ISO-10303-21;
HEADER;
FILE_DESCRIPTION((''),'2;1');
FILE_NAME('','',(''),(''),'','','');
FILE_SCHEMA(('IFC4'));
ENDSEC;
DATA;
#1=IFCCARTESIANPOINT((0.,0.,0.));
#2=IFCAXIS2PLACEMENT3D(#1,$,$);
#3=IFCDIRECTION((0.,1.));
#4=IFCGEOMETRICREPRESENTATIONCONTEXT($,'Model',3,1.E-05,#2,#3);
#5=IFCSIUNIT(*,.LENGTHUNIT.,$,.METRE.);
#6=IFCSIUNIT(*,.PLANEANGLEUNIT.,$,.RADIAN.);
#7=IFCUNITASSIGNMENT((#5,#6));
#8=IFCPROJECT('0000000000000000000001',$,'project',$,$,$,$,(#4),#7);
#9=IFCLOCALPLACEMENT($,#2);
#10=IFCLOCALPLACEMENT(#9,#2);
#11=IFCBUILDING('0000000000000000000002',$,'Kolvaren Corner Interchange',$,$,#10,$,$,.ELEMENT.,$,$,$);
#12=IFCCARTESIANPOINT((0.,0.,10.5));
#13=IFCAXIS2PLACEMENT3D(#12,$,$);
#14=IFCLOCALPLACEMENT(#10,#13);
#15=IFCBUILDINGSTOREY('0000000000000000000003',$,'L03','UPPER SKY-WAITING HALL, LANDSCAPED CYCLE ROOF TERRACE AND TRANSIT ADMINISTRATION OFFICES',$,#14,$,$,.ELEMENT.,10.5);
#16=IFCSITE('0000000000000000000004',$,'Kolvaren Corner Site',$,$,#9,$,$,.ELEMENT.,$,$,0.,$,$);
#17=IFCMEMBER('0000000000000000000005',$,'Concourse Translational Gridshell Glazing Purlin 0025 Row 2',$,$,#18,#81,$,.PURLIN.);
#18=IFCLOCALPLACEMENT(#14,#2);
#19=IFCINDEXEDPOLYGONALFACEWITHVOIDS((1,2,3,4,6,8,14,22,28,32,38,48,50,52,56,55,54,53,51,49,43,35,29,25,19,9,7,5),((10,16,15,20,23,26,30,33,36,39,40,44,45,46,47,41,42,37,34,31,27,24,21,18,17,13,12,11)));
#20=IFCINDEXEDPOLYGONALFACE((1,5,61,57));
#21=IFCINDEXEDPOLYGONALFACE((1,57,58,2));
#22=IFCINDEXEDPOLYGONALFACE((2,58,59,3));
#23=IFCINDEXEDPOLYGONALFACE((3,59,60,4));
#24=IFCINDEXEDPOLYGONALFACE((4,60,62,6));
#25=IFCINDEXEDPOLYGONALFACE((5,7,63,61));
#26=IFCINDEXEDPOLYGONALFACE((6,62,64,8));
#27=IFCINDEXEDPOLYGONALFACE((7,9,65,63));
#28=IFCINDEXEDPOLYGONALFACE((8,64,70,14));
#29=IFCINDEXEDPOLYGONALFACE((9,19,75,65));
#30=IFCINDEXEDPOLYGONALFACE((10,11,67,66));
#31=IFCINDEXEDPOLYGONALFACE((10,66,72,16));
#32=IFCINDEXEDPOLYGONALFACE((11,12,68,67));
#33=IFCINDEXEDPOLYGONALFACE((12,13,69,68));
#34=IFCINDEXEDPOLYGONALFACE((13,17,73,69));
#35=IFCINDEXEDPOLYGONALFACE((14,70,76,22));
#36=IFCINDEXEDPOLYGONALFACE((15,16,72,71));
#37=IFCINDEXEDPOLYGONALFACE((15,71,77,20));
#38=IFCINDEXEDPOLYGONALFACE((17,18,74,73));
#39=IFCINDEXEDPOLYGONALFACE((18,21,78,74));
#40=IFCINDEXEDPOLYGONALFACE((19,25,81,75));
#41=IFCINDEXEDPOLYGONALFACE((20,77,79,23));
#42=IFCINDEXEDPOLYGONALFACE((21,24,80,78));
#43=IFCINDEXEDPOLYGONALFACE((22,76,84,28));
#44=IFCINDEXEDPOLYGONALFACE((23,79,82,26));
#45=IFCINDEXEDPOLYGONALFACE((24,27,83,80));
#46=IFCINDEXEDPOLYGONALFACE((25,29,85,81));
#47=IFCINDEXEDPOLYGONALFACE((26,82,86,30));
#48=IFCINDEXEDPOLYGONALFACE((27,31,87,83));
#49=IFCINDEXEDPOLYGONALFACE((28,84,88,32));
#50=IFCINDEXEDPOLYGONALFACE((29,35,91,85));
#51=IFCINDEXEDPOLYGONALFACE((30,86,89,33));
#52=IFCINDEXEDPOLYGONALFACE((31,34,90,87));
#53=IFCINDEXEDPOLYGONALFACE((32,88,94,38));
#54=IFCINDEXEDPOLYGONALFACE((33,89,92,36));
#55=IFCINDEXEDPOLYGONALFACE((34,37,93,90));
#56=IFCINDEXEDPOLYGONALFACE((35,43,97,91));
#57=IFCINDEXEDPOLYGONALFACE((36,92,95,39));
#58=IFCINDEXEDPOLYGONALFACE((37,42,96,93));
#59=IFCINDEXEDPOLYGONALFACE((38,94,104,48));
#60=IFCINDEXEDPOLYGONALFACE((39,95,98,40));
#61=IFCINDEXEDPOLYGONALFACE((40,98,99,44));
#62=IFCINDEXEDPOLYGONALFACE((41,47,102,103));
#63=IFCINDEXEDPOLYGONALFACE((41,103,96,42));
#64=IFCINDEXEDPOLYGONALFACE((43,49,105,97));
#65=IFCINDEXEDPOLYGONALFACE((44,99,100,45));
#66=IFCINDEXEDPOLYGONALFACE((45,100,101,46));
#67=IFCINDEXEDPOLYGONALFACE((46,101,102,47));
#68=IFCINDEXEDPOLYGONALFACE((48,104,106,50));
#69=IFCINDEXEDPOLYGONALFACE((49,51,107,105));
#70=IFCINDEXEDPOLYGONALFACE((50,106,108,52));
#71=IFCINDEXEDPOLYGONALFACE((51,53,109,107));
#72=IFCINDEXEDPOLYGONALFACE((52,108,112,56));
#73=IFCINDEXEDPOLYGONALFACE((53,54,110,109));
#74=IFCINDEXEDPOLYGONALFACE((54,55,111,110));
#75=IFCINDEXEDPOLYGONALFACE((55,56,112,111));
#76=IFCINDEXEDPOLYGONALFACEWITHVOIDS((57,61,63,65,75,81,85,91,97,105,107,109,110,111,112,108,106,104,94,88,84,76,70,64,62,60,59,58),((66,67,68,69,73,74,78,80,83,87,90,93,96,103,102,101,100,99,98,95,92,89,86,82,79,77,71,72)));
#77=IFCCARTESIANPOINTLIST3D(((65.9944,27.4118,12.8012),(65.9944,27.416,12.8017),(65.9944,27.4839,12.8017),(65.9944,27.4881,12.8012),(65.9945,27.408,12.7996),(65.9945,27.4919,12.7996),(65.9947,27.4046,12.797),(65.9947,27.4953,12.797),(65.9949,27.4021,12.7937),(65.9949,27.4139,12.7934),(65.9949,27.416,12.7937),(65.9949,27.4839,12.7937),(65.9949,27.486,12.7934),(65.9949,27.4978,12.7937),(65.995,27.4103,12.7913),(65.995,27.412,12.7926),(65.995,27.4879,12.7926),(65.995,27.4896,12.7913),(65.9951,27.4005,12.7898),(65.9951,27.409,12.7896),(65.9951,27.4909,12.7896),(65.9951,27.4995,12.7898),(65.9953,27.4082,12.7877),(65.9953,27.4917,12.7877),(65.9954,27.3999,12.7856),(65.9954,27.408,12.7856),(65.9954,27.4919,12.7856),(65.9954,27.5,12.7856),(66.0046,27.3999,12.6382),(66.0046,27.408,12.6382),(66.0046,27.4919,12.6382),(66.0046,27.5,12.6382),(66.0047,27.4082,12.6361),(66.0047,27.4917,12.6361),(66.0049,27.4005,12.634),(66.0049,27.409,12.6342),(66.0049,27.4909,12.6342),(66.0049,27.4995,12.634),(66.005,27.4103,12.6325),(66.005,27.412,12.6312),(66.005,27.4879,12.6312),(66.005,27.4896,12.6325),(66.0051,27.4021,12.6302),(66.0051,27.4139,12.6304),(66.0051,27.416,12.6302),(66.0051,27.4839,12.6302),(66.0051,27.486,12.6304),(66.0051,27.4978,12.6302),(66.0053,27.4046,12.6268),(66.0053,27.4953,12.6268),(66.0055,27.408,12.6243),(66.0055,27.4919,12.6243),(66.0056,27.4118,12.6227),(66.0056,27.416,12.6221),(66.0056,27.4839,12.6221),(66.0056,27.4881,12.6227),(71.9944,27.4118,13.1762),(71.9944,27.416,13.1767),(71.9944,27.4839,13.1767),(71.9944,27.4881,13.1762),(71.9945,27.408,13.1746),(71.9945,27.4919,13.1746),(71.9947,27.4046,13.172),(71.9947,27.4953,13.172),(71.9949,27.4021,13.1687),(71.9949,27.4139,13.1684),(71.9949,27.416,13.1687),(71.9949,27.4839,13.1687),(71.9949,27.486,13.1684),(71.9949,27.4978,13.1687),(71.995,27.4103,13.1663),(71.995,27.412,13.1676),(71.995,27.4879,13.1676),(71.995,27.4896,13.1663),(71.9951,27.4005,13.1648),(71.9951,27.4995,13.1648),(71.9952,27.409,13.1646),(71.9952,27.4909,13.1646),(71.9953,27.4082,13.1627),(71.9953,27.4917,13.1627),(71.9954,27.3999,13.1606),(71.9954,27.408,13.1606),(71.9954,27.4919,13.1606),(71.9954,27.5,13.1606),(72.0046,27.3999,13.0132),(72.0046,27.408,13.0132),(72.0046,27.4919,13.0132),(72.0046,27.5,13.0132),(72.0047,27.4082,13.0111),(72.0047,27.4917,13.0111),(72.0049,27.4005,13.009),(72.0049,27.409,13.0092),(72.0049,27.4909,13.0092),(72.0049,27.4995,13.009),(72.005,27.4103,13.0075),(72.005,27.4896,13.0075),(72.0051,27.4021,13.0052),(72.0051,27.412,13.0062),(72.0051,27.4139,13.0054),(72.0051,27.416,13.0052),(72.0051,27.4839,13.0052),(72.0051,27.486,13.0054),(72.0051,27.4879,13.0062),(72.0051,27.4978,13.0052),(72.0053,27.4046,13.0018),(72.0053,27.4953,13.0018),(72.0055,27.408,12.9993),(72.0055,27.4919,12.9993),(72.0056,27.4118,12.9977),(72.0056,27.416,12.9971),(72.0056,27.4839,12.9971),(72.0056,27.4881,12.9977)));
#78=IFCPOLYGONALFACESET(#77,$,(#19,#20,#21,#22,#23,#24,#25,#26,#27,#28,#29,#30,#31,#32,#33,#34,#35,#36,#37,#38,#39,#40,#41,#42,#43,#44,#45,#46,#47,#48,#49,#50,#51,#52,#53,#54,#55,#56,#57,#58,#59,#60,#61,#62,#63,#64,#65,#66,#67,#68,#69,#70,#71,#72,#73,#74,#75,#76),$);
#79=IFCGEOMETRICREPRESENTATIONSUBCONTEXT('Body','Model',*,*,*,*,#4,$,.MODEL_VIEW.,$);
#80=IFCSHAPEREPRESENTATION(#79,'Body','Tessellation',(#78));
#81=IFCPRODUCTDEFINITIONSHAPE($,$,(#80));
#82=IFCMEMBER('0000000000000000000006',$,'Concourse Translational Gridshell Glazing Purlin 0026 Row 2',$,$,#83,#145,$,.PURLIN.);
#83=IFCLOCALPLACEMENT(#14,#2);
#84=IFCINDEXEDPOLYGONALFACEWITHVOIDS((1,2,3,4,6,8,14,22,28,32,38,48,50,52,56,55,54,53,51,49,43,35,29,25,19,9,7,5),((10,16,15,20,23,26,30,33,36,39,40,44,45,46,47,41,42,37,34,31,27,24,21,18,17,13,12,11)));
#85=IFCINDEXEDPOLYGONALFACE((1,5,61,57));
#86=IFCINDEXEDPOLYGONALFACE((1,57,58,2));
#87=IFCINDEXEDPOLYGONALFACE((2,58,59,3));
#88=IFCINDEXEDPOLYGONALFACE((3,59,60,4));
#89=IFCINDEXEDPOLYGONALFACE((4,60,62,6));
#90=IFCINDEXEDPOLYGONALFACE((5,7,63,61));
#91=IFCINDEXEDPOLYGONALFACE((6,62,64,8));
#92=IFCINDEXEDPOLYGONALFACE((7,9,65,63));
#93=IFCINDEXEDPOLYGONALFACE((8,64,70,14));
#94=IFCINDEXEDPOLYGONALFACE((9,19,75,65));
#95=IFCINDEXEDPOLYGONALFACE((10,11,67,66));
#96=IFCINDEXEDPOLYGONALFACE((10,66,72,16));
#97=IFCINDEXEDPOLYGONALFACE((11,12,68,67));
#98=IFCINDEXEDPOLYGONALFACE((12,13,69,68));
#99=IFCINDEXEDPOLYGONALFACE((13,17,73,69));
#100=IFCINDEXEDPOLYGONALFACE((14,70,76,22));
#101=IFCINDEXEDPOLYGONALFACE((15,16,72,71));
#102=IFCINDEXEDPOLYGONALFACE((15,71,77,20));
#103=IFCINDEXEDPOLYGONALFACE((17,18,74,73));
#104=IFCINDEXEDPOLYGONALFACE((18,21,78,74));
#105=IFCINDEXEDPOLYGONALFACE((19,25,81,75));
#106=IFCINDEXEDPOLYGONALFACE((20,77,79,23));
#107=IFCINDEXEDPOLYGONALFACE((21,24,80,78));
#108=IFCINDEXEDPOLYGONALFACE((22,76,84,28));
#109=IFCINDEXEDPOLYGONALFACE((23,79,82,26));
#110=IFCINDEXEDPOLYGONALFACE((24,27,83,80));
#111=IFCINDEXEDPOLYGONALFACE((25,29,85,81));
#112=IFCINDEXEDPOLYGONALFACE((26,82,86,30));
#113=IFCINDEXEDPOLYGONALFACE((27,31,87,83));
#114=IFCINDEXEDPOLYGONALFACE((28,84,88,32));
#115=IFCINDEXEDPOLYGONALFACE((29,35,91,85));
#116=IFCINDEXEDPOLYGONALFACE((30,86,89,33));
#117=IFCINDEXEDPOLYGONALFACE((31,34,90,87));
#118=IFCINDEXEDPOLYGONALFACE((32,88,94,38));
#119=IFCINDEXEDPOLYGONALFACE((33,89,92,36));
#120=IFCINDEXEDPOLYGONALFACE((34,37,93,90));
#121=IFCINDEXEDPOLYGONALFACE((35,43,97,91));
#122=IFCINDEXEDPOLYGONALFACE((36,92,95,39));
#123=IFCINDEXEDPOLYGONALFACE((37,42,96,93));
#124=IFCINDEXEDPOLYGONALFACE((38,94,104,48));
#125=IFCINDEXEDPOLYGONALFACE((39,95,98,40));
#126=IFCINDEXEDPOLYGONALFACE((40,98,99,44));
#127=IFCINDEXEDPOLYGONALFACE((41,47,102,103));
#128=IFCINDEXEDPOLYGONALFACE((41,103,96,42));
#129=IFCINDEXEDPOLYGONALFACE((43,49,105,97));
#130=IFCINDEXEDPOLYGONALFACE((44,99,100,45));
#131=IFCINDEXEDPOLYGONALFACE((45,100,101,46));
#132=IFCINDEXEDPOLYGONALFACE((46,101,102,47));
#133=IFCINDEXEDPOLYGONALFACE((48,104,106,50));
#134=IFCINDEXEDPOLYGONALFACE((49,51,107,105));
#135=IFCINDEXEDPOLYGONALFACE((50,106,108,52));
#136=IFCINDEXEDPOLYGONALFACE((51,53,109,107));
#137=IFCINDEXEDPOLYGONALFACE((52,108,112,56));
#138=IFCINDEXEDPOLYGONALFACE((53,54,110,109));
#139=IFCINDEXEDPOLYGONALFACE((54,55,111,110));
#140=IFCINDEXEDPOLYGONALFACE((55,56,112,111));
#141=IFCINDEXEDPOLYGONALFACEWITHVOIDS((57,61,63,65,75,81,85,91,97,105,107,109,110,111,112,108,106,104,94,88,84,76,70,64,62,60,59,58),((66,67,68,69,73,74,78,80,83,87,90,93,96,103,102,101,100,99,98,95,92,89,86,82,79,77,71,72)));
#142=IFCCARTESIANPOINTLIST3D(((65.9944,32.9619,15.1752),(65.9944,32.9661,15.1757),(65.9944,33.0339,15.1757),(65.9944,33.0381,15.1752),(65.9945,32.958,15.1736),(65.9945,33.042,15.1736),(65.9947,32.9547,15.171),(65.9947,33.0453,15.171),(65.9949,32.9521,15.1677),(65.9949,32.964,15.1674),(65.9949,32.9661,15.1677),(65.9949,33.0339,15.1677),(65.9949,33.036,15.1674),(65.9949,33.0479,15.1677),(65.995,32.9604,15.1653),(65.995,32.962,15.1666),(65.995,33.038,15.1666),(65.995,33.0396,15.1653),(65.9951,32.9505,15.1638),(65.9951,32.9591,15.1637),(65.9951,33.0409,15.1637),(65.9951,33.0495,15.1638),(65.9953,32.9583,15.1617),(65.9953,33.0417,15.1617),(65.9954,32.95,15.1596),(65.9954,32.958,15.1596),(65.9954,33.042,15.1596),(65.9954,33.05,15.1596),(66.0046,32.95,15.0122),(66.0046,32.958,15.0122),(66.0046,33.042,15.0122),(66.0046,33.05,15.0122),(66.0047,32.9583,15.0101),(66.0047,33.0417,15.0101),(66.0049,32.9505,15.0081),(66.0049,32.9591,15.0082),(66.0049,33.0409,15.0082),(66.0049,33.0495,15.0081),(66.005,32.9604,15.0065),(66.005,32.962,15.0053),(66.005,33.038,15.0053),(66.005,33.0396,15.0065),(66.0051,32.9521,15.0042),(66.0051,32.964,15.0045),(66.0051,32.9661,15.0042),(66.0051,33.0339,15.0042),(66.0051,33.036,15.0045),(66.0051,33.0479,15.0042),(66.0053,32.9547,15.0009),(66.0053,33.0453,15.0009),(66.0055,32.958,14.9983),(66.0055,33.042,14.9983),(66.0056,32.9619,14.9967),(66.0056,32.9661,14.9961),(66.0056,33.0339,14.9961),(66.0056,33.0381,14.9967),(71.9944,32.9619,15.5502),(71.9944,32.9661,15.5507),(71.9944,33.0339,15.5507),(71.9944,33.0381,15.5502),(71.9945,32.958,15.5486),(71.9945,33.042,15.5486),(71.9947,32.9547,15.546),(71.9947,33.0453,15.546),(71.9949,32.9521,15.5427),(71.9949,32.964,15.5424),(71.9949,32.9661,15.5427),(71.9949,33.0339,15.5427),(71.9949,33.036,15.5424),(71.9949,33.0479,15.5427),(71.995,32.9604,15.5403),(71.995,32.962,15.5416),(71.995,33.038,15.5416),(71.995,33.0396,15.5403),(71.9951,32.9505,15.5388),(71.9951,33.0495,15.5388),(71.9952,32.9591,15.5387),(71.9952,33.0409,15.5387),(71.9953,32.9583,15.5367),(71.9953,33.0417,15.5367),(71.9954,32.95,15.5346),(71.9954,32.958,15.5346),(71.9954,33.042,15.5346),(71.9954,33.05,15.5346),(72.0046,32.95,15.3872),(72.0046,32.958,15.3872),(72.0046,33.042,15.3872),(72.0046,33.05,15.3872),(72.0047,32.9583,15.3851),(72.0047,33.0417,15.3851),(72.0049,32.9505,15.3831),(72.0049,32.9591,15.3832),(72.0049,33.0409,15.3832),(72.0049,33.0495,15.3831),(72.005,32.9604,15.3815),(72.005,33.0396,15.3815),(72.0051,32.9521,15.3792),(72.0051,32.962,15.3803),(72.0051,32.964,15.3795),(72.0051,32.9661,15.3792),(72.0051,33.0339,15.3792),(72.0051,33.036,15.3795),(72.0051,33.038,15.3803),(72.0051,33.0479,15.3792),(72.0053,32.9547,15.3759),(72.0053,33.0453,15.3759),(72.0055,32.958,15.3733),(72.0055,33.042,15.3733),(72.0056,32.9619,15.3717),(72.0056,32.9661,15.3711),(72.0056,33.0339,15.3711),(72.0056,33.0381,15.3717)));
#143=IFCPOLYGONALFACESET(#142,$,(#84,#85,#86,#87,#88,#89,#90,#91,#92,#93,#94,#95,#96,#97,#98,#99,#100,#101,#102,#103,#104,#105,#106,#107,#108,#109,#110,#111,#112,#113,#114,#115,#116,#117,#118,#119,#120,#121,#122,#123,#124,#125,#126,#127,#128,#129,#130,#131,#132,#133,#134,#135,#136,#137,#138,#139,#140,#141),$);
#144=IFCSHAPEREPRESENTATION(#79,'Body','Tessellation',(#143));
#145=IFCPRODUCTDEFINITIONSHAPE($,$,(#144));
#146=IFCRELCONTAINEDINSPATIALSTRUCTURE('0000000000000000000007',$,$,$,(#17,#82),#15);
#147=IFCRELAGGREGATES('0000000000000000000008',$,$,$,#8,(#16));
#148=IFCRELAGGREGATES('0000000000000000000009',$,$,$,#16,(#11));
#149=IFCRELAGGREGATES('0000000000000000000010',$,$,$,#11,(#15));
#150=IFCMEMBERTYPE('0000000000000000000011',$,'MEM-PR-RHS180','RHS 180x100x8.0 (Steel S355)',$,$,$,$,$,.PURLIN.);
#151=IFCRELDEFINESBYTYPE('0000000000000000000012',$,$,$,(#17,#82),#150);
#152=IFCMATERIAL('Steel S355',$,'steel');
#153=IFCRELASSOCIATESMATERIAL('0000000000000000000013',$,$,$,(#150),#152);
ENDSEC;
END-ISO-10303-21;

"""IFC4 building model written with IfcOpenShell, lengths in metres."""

from ifc_helpers import new_model, si_unit, direction, frame, origin, origin_2d, place, context, subcontext, project, spatial, hollow_rectangle, extrude, material, material_profile, profile_set, type_object, element, save


model = new_model("IFC4")

# Units and contexts
model_context = context("Model", 3, precision=1e-05, world=origin(), true_north=direction((0.0, 1.0)))
body_context = subcontext(model_context, "Body", "Model", "MODEL_VIEW")
ifc_project = project(units=[si_unit("LENGTHUNIT", "METRE"), si_unit("PLANEANGLEUNIT", "RADIAN")], contexts=[model_context])

# Site, building, storey
site_placement = place(None, origin())
site = spatial("IfcSite", under=ifc_project, at=site_placement, Name="Kolvaren Corner Site", CompositionType="ELEMENT", RefElevation=0.0)
building_placement = place(site_placement, origin())
building = spatial("IfcBuilding", under=site, at=building_placement, Name="Kolvaren Corner Interchange", CompositionType="ELEMENT")
storey_placement = place(building_placement, frame((0.0, 0.0, 10.5)))
storey = spatial("IfcBuildingStorey", under=building, at=storey_placement, Name="L03", Description="UPPER SKY-WAITING HALL, LANDSCAPED CYCLE ROOF TERRACE AND TRANSIT ADMINISTRATION OFFICES", CompositionType="ELEMENT", Elevation=10.5)

# Members
ifc_material_1 = material(Name="Steel S355", Category="steel")
ifc_material_profile_1 = material_profile(ifc_material_1, hollow_rectangle(XDim=0.1001, YDim=0.1799, WallThickness=0.0081, InnerFilletRadius=0.0081, OuterFilletRadius=0.0161, at=origin_2d()), Name="RHS 180x100x8.0")
ifc_profile_set_1 = profile_set([ifc_material_profile_1], Name="Steel S355")
member_type_1 = type_object("IfcMemberType", Name="MEM-PR-RHS180", Description="RHS 180x100x8.0 (Steel S355)", PredefinedType="PURLIN", material=ifc_profile_set_1)
for number, where, z_axis, x_axis, name in (
    (1, (66.0, 27.45, 12.7119), (0.998053, 0.0, 0.062378), (0.0, 1.0, 0.0), "Concourse Translational Gridshell Glazing Purlin 0025 Row 2"),
    (2, (66.0, 33.0, 15.0859), (0.998053, 0.0, 0.062378), (0.0, 1.0, 0.0), "Concourse Translational Gridshell Glazing Purlin 0026 Row 2"),
):
    element("IfcMember", number, at=place(storey_placement, frame(where, z_axis=z_axis, x_axis=x_axis)), inside=storey, type_object=member_type_1, Name=name, PredefinedType="PURLIN", context=body_context, shape_type="SweptSolid", body=[
        extrude(hollow_rectangle(XDim=0.1001, YDim=0.1799, WallThickness=0.0081, InnerFilletRadius=0.0081, OuterFilletRadius=0.0161, at=origin_2d()), origin(), (0.0, 0.0, 1.0), 6.0117),
    ])

save(model, "model.ifc")
